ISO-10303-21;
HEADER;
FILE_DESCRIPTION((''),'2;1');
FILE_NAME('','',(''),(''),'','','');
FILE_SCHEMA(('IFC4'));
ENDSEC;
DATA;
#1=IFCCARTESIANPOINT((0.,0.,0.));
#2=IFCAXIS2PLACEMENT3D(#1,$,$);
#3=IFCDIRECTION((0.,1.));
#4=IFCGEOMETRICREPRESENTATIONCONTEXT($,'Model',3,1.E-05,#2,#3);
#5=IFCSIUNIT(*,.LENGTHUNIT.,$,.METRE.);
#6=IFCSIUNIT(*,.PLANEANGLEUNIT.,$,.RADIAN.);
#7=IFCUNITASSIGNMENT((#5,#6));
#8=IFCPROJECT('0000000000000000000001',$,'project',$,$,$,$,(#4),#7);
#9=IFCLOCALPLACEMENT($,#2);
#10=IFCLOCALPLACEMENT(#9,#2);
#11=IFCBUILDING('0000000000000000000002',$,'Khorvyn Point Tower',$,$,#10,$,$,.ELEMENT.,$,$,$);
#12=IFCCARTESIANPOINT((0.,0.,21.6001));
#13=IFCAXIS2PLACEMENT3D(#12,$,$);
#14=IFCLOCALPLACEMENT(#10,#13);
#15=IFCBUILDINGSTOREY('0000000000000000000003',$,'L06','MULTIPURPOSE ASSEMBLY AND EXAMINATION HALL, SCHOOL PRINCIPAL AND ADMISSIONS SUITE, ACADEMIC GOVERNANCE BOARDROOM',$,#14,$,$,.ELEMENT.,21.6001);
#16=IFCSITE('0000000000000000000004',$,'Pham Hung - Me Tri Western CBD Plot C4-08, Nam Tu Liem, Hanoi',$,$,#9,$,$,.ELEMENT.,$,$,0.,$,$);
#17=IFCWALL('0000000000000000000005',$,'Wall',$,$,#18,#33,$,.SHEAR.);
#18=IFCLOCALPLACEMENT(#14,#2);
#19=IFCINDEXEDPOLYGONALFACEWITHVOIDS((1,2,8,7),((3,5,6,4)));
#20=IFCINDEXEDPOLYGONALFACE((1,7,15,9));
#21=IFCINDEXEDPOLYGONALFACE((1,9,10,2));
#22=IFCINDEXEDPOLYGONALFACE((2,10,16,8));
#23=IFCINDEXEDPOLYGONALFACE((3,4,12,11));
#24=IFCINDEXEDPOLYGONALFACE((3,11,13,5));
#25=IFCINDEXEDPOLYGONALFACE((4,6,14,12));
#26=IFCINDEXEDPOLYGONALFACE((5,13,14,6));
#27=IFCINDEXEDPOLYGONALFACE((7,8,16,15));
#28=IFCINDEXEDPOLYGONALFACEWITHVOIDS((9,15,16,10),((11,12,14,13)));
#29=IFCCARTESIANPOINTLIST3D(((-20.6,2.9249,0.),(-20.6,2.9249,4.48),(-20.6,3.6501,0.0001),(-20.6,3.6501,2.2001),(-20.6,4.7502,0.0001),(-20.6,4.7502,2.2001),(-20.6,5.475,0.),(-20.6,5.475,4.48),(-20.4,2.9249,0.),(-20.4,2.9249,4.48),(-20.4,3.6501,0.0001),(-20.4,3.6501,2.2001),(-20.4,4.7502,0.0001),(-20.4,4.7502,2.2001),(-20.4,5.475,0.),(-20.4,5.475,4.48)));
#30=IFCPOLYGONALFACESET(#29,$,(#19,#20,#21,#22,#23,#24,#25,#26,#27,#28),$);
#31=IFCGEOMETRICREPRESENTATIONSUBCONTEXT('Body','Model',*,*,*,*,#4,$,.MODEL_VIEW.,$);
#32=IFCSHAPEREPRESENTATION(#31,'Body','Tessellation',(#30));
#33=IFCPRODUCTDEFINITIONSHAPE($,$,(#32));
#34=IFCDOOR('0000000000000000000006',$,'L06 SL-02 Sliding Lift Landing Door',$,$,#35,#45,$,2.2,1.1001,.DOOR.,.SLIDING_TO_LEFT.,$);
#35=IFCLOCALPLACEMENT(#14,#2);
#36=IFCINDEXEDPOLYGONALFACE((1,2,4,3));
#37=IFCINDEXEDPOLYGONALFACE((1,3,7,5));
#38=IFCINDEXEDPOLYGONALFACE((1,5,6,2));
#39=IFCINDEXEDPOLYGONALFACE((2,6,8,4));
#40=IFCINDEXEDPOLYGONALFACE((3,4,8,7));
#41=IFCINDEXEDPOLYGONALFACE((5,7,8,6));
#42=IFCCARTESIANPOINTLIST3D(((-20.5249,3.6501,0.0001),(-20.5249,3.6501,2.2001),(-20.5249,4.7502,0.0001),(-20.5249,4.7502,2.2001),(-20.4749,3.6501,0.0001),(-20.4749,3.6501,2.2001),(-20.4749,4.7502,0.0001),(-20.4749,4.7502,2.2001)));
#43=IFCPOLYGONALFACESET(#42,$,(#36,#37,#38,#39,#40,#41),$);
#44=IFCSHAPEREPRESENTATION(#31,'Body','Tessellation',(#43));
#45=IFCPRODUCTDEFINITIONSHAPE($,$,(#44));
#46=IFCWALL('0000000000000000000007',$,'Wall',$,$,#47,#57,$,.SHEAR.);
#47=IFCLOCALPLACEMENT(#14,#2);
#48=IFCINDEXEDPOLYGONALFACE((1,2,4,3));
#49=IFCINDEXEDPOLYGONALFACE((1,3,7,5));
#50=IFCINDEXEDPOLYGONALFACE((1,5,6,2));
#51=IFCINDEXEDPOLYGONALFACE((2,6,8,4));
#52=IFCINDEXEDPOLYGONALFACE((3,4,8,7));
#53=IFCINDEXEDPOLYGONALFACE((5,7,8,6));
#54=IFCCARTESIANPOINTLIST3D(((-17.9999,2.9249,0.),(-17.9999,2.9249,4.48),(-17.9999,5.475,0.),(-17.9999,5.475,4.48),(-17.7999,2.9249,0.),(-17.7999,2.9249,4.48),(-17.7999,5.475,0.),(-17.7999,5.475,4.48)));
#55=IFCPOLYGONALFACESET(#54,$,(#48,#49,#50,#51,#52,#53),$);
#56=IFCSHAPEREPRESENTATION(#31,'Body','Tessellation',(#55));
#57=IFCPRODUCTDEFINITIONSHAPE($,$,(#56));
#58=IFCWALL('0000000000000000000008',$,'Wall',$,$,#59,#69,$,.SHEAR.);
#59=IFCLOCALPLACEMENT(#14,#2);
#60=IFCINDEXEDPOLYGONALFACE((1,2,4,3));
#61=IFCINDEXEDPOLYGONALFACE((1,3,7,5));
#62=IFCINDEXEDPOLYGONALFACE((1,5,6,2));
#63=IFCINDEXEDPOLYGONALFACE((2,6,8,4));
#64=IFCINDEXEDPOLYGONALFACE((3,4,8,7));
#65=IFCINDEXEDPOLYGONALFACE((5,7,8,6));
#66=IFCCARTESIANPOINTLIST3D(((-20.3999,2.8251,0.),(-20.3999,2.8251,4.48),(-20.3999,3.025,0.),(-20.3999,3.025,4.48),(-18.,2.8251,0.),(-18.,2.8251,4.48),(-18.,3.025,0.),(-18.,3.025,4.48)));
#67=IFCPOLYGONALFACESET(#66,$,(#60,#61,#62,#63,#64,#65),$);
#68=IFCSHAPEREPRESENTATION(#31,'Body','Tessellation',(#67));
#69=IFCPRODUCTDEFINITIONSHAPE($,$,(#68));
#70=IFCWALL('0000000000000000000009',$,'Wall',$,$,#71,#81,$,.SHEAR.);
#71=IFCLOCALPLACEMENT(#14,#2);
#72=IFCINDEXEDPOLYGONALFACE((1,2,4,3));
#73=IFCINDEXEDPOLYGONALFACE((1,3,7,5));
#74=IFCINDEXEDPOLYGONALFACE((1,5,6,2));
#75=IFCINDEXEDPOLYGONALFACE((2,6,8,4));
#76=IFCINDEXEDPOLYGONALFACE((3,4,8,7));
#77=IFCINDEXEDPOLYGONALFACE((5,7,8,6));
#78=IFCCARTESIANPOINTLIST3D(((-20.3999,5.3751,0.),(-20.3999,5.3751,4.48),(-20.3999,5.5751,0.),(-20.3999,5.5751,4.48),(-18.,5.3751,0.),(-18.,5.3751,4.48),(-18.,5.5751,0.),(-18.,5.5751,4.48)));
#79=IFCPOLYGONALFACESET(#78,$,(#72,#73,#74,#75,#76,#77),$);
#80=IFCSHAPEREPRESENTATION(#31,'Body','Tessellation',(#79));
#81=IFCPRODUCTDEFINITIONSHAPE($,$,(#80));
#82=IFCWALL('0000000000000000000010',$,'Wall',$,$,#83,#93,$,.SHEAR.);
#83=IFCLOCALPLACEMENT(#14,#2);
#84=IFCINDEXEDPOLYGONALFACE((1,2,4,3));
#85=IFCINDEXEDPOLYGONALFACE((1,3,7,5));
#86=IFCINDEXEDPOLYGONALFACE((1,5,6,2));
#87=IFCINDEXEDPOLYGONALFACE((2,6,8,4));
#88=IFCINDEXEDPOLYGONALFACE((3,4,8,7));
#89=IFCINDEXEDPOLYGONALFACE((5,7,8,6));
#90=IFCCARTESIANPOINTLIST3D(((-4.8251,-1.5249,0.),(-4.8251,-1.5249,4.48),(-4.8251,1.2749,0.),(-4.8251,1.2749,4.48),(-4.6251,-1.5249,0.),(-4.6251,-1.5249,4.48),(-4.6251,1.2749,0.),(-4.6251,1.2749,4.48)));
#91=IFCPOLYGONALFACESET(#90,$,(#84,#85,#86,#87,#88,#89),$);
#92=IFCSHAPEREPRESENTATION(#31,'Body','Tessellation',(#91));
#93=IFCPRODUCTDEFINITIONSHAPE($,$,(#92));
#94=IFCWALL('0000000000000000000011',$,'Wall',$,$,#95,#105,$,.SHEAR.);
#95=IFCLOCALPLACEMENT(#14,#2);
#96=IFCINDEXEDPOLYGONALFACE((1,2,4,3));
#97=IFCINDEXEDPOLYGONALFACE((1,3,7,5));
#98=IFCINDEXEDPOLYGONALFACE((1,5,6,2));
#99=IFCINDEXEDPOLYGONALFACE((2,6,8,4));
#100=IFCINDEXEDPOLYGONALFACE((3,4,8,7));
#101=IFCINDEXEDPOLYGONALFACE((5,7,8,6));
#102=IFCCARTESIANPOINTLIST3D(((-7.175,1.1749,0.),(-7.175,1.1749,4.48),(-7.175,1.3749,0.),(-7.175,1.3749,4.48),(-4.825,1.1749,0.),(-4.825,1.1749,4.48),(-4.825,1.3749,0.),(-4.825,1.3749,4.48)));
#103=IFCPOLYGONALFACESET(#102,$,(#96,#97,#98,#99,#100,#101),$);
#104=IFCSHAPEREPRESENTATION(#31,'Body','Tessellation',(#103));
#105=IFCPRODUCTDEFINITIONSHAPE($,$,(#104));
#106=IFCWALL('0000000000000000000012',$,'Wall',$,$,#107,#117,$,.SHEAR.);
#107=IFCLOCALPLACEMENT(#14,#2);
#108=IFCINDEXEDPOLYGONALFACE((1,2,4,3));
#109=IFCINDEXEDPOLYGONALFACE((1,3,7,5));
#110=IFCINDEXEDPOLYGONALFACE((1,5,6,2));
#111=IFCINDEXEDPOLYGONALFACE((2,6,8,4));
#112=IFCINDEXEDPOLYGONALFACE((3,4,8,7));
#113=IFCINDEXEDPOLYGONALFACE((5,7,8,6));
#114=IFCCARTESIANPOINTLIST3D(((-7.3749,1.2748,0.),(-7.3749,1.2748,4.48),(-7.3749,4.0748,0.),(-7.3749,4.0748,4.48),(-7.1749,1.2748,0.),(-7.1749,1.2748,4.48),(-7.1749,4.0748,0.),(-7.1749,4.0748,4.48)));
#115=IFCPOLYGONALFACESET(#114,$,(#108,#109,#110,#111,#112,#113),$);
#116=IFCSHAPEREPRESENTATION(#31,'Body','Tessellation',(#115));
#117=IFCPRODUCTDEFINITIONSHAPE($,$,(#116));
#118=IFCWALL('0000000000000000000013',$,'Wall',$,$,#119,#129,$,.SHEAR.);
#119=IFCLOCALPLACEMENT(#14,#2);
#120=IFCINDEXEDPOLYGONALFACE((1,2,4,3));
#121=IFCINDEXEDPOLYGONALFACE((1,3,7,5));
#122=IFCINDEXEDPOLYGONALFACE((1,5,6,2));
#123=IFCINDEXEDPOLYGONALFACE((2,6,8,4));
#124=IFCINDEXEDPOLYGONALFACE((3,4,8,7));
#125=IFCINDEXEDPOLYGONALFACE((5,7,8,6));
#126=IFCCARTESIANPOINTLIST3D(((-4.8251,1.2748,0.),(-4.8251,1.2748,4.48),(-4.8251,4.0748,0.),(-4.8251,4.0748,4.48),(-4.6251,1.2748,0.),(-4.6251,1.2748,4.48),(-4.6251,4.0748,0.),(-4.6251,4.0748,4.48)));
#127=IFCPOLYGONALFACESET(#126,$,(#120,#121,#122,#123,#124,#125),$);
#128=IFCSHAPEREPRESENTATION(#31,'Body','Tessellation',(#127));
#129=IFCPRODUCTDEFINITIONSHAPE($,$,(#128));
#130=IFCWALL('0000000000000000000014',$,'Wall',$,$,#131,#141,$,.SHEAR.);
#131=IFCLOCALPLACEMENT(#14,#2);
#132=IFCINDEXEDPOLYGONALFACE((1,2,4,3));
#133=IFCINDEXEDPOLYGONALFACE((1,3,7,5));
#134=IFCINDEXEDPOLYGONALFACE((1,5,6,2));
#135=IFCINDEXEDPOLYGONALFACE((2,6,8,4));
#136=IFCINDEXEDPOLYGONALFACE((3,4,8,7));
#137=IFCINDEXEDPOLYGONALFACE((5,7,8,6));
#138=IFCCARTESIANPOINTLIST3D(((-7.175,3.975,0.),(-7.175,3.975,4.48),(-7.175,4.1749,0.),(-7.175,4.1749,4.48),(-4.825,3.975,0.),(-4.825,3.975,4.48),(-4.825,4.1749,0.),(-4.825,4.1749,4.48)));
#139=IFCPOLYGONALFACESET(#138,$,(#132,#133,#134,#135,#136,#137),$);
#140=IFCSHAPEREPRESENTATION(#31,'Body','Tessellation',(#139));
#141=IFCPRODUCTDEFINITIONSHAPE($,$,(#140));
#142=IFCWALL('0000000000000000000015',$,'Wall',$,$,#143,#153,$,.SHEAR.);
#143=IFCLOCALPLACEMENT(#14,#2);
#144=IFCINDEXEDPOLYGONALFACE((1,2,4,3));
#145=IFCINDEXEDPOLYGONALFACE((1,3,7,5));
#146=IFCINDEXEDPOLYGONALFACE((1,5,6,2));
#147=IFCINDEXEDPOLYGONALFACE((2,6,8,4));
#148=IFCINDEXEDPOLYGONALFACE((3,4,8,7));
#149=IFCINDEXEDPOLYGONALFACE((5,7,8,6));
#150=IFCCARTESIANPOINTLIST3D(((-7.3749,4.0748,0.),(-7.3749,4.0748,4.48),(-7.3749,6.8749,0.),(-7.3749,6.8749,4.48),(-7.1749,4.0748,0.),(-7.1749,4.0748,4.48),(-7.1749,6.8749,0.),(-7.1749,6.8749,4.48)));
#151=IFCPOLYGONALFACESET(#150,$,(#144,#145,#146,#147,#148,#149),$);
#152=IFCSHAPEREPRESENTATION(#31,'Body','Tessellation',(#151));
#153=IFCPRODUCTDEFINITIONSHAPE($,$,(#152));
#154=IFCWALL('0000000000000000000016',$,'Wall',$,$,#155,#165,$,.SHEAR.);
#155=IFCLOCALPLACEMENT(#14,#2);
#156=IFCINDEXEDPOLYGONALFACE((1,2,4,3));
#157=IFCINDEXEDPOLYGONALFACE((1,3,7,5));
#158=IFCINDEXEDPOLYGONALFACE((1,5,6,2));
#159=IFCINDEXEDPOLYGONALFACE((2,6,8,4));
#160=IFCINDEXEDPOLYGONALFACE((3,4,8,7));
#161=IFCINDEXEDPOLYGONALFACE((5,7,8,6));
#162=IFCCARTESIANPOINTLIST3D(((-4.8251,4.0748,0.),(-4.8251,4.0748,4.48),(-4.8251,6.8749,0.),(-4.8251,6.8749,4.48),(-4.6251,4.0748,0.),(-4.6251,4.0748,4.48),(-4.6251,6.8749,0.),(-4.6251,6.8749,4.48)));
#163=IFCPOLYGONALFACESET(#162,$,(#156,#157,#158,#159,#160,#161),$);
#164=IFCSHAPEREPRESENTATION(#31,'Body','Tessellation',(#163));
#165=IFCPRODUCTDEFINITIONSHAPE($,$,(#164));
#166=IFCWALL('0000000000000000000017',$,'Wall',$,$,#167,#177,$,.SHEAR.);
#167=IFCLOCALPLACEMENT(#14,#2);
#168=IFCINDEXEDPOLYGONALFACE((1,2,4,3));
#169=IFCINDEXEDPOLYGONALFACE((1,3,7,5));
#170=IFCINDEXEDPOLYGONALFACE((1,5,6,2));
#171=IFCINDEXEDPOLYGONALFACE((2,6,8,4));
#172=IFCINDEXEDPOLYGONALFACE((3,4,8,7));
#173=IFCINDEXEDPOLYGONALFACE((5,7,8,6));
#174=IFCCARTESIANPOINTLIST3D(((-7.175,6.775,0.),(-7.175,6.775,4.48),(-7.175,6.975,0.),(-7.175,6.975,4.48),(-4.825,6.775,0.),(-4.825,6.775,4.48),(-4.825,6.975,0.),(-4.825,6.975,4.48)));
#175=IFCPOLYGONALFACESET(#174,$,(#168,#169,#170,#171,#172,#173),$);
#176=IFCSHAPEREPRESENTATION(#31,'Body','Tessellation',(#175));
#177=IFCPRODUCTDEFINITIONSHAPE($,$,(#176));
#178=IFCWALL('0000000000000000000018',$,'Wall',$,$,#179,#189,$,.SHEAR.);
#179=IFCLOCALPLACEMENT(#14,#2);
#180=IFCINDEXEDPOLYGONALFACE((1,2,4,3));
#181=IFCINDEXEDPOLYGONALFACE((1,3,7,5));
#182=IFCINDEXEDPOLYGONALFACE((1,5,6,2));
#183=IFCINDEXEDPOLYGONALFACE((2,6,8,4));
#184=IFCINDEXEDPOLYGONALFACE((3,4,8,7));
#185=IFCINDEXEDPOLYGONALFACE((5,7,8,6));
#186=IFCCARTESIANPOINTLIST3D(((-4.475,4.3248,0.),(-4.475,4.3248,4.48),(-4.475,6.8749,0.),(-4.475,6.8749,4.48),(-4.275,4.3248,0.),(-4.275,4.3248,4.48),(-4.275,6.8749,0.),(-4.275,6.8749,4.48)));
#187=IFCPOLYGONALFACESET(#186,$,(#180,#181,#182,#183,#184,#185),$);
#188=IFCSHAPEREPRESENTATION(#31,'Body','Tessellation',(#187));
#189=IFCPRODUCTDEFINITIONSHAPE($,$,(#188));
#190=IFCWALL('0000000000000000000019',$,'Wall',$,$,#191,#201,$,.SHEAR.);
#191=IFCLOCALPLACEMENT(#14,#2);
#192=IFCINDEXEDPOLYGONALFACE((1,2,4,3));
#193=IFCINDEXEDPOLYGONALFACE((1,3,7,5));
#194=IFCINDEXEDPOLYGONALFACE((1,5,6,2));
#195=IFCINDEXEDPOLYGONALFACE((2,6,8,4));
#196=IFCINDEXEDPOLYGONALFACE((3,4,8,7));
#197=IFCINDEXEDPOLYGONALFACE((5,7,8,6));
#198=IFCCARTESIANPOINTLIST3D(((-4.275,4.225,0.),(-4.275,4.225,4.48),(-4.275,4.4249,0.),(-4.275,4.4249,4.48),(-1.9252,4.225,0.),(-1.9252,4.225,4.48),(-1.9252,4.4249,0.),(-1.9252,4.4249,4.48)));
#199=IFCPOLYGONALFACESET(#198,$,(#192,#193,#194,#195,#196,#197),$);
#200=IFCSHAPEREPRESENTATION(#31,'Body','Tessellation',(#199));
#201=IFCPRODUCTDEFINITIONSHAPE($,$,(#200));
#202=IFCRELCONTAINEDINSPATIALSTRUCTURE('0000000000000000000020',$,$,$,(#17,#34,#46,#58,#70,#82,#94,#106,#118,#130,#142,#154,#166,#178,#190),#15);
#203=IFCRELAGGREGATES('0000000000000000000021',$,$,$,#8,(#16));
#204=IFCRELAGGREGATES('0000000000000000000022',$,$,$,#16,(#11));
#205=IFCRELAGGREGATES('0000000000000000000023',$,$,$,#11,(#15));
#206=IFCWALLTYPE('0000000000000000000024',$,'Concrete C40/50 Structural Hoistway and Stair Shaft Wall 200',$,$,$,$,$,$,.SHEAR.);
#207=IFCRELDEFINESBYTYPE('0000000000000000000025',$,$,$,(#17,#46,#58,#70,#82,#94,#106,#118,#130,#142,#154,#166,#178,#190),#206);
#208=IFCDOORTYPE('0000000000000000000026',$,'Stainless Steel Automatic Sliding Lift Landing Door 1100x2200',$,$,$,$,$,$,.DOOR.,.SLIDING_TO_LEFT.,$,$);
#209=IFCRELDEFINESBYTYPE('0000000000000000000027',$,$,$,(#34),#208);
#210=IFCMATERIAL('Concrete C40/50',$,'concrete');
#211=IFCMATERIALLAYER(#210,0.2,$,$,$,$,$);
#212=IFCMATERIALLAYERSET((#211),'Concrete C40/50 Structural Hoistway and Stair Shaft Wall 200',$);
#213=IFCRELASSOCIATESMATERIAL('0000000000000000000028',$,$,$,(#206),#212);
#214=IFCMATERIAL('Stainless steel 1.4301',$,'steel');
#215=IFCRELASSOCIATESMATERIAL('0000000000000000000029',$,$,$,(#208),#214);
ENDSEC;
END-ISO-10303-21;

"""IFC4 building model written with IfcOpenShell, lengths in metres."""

from ifc_helpers import new_model, si_unit, direction, frame, frame_2d, origin, place, context, subcontext, project, spatial, rectangle, extrude, material, layer, layer_set, type_object, element, fill, save


model = new_model("IFC4")

# Units and contexts
model_context = context("Model", 3, precision=1e-05, world=origin(), true_north=direction((0.0, 1.0)))
body_context = subcontext(model_context, "Body", "Model", "MODEL_VIEW")
ifc_project = project(units=[si_unit("LENGTHUNIT", "METRE"), si_unit("PLANEANGLEUNIT", "RADIAN")], contexts=[model_context])

# Site, building, storey
site_placement = place(None, origin())
site = spatial("IfcSite", under=ifc_project, at=site_placement, Name="Pham Hung - Me Tri Western CBD Plot C4-08, Nam Tu Liem, Hanoi", CompositionType="ELEMENT", RefElevation=0.0)
building_placement = place(site_placement, origin())
building = spatial("IfcBuilding", under=site, at=building_placement, Name="Khorvyn Point Tower", CompositionType="ELEMENT")
storey_placement = place(building_placement, frame((0.0, 0.0, 21.6001)))
storey = spatial("IfcBuildingStorey", under=building, at=storey_placement, Name="L06", Description="MULTIPURPOSE ASSEMBLY AND EXAMINATION HALL, SCHOOL PRINCIPAL AND ADMISSIONS SUITE, ACADEMIC GOVERNANCE BOARDROOM", CompositionType="ELEMENT", Elevation=21.6001)

# Shared definitions
ifc_material_1 = material(Name="Concrete C40/50", Category="concrete")

# Wall, opening, door
ifc_layer = layer(ifc_material_1, 0.2)
ifc_layer_set = layer_set([ifc_layer], Name="Concrete C40/50 Structural Hoistway and Stair Shaft Wall 200")
wall_type = type_object("IfcWallType", Name="Concrete C40/50 Structural Hoistway and Stair Shaft Wall 200", PredefinedType="SHEAR", material=ifc_layer_set)
wall_1_placement = place(storey_placement, frame((-20.5, 2.925, 0.0), z_axis=(0.0, 0.0, 1.0), x_axis=(0.0, 1.0, 0.0)))
wall_1 = element("IfcWall", 1, at=wall_1_placement, inside=storey, type_object=wall_type, Name="Wall", PredefinedType="SHEAR", context=body_context, shape_type="SweptSolid", body=[
    extrude(rectangle(XDim=2.55, YDim=0.2, at=frame_2d((1.2749, 0.0))), origin(), (0.0, 0.0, 1.0), 4.48),
])
opening_placement = place(wall_1_placement, frame((0.7251, 0.0, 0.0)))
opening = element("IfcOpeningElement", 2, at=opening_placement, cuts=wall_1, PredefinedType="OPENING", context=body_context, shape_type="SweptSolid", body=[
    extrude(rectangle(XDim=1.1001, YDim=2.2, at=frame_2d((0.55, 1.1001))), frame((0.0, 0.1099, 0.0), z_axis=(0.0, -1.0, 0.0), x_axis=(1.0, 0.0, 0.0)), (0.0, 0.0, 1.0), 0.22),
])
ifc_material_2 = material(Name="Stainless steel 1.4301", Category="steel")
door_type = type_object("IfcDoorType", Name="Stainless Steel Automatic Sliding Lift Landing Door 1100x2200", OperationType="SLIDING_TO_LEFT", PredefinedType="DOOR", material=ifc_material_2)
door_placement = place(opening_placement, origin())
door = element("IfcDoor", 3, at=door_placement, inside=storey, type_object=door_type, Name="L06 SL-02 Sliding Lift Landing Door", OperationType="SLIDING_TO_LEFT", OverallHeight=2.2, OverallWidth=1.1001, PredefinedType="DOOR", context=body_context, shape_type="SweptSolid", body=[
    extrude(rectangle(XDim=1.1001, YDim=2.2, at=frame_2d((0.55, 1.1001))), frame((0.0, 0.0249, 0.0), z_axis=(0.0, -1.0, 0.0), x_axis=(1.0, 0.0, 0.0)), (0.0, 0.0, 1.0), 0.05),
])
fill(opening, door)

# Walls
wall_2_placement = place(storey_placement, frame((-17.8999, 2.925, 0.0), z_axis=(0.0, 0.0, 1.0), x_axis=(0.0, 1.0, 0.0)))
element("IfcWall", 4, at=wall_2_placement, inside=storey, type_object=wall_type, Name="Wall", PredefinedType="SHEAR", context=body_context, shape_type="SweptSolid", body=[
    extrude(rectangle(XDim=2.55, YDim=0.2, at=frame_2d((1.2749, 0.0))), origin(), (0.0, 0.0, 1.0), 4.48),
])
for number, where, z_axis, x_axis, name in (
    (5, (-20.3999, 2.925, 0.0), (0.0, 0.0, 1.0), (1.0, 0.0, 0.0), "Wall"),
    (6, (-20.3999, 5.4751, 0.0), (0.0, 0.0, 1.0), (1.0, 0.0, 0.0), "Wall"),
):
    element("IfcWall", number, at=place(storey_placement, frame(where, z_axis=z_axis, x_axis=x_axis)), inside=storey, type_object=wall_type, Name=name, PredefinedType="SHEAR", context=body_context, shape_type="SweptSolid", body=[
        extrude(rectangle(XDim=2.3999, YDim=0.2, at=frame_2d((1.2, 0.0))), origin(), (0.0, 0.0, 1.0), 4.48),
    ])
wall_3_placement = place(storey_placement, frame((-4.7251, -1.5249, 0.0), z_axis=(0.0, 0.0, 1.0), x_axis=(0.0, 1.0, 0.0)))
element("IfcWall", 7, at=wall_3_placement, inside=storey, type_object=wall_type, Name="Wall", PredefinedType="SHEAR", context=body_context, shape_type="SweptSolid", body=[
    extrude(rectangle(XDim=2.7998, YDim=0.2, at=frame_2d((1.3999, 0.0))), origin(), (0.0, 0.0, 1.0), 4.48),
])
wall_4_placement = place(storey_placement, frame((-7.175, 1.2749, 0.0), z_axis=(0.0, 0.0, 1.0), x_axis=(1.0, 0.0, 0.0)))
element("IfcWall", 8, at=wall_4_placement, inside=storey, type_object=wall_type, Name="Wall", PredefinedType="SHEAR", context=body_context, shape_type="SweptSolid", body=[
    extrude(rectangle(XDim=2.3501, YDim=0.2, at=frame_2d((1.175, 0.0))), origin(), (0.0, 0.0, 1.0), 4.48),
])
for number, where, z_axis, x_axis, name in (
    (9, (-7.2749, 1.2749, 0.0), (0.0, 0.0, 1.0), (0.0, 1.0, 0.0), "Wall"),
    (10, (-4.7251, 1.2749, 0.0), (0.0, 0.0, 1.0), (0.0, 1.0, 0.0), "Wall"),
):
    element("IfcWall", number, at=place(storey_placement, frame(where, z_axis=z_axis, x_axis=x_axis)), inside=storey, type_object=wall_type, Name=name, PredefinedType="SHEAR", context=body_context, shape_type="SweptSolid", body=[
        extrude(rectangle(XDim=2.8, YDim=0.2, at=frame_2d((1.3999, 0.0))), origin(), (0.0, 0.0, 1.0), 4.48),
    ])
wall_5_placement = place(storey_placement, frame((-7.175, 4.075, 0.0), z_axis=(0.0, 0.0, 1.0), x_axis=(1.0, 0.0, 0.0)))
element("IfcWall", 11, at=wall_5_placement, inside=storey, type_object=wall_type, Name="Wall", PredefinedType="SHEAR", context=body_context, shape_type="SweptSolid", body=[
    extrude(rectangle(XDim=2.3501, YDim=0.2, at=frame_2d((1.175, 0.0))), origin(), (0.0, 0.0, 1.0), 4.48),
])
for number, where, z_axis, x_axis, name in (
    (12, (-7.2749, 4.075, 0.0), (0.0, 0.0, 1.0), (0.0, 1.0, 0.0), "Wall"),
    (13, (-4.7251, 4.075, 0.0), (0.0, 0.0, 1.0), (0.0, 1.0, 0.0), "Wall"),
):
    element("IfcWall", number, at=place(storey_placement, frame(where, z_axis=z_axis, x_axis=x_axis)), inside=storey, type_object=wall_type, Name=name, PredefinedType="SHEAR", context=body_context, shape_type="SweptSolid", body=[
        extrude(rectangle(XDim=2.8, YDim=0.2, at=frame_2d((1.3999, 0.0))), origin(), (0.0, 0.0, 1.0), 4.48),
    ])
wall_6_placement = place(storey_placement, frame((-7.175, 6.875, 0.0), z_axis=(0.0, 0.0, 1.0), x_axis=(1.0, 0.0, 0.0)))
element("IfcWall", 14, at=wall_6_placement, inside=storey, type_object=wall_type, Name="Wall", PredefinedType="SHEAR", context=body_context, shape_type="SweptSolid", body=[
    extrude(rectangle(XDim=2.3501, YDim=0.2, at=frame_2d((1.175, 0.0))), origin(), (0.0, 0.0, 1.0), 4.48),
])
wall_7_placement = place(storey_placement, frame((-4.375, 4.325, 0.0), z_axis=(0.0, 0.0, 1.0), x_axis=(0.0, 1.0, 0.0)))
element("IfcWall", 15, at=wall_7_placement, inside=storey, type_object=wall_type, Name="Wall", PredefinedType="SHEAR", context=body_context, shape_type="SweptSolid", body=[
    extrude(rectangle(XDim=2.55, YDim=0.2, at=frame_2d((1.2749, 0.0))), origin(), (0.0, 0.0, 1.0), 4.48),
])
for number, where, z_axis, x_axis, name in (
    (16, (-4.2749, 4.325, 0.0), (0.0, 0.0, 1.0), (1.0, 0.0, 0.0), "Wall"),
):
    element("IfcWall", number, at=place(storey_placement, frame(where, z_axis=z_axis, x_axis=x_axis)), inside=storey, type_object=wall_type, Name=name, PredefinedType="SHEAR", context=body_context, shape_type="SweptSolid", body=[
        extrude(rectangle(XDim=2.3499, YDim=0.2, at=frame_2d((1.1748, 0.0))), origin(), (0.0, 0.0, 1.0), 4.48),
    ])

save(model, "model.ifc")
